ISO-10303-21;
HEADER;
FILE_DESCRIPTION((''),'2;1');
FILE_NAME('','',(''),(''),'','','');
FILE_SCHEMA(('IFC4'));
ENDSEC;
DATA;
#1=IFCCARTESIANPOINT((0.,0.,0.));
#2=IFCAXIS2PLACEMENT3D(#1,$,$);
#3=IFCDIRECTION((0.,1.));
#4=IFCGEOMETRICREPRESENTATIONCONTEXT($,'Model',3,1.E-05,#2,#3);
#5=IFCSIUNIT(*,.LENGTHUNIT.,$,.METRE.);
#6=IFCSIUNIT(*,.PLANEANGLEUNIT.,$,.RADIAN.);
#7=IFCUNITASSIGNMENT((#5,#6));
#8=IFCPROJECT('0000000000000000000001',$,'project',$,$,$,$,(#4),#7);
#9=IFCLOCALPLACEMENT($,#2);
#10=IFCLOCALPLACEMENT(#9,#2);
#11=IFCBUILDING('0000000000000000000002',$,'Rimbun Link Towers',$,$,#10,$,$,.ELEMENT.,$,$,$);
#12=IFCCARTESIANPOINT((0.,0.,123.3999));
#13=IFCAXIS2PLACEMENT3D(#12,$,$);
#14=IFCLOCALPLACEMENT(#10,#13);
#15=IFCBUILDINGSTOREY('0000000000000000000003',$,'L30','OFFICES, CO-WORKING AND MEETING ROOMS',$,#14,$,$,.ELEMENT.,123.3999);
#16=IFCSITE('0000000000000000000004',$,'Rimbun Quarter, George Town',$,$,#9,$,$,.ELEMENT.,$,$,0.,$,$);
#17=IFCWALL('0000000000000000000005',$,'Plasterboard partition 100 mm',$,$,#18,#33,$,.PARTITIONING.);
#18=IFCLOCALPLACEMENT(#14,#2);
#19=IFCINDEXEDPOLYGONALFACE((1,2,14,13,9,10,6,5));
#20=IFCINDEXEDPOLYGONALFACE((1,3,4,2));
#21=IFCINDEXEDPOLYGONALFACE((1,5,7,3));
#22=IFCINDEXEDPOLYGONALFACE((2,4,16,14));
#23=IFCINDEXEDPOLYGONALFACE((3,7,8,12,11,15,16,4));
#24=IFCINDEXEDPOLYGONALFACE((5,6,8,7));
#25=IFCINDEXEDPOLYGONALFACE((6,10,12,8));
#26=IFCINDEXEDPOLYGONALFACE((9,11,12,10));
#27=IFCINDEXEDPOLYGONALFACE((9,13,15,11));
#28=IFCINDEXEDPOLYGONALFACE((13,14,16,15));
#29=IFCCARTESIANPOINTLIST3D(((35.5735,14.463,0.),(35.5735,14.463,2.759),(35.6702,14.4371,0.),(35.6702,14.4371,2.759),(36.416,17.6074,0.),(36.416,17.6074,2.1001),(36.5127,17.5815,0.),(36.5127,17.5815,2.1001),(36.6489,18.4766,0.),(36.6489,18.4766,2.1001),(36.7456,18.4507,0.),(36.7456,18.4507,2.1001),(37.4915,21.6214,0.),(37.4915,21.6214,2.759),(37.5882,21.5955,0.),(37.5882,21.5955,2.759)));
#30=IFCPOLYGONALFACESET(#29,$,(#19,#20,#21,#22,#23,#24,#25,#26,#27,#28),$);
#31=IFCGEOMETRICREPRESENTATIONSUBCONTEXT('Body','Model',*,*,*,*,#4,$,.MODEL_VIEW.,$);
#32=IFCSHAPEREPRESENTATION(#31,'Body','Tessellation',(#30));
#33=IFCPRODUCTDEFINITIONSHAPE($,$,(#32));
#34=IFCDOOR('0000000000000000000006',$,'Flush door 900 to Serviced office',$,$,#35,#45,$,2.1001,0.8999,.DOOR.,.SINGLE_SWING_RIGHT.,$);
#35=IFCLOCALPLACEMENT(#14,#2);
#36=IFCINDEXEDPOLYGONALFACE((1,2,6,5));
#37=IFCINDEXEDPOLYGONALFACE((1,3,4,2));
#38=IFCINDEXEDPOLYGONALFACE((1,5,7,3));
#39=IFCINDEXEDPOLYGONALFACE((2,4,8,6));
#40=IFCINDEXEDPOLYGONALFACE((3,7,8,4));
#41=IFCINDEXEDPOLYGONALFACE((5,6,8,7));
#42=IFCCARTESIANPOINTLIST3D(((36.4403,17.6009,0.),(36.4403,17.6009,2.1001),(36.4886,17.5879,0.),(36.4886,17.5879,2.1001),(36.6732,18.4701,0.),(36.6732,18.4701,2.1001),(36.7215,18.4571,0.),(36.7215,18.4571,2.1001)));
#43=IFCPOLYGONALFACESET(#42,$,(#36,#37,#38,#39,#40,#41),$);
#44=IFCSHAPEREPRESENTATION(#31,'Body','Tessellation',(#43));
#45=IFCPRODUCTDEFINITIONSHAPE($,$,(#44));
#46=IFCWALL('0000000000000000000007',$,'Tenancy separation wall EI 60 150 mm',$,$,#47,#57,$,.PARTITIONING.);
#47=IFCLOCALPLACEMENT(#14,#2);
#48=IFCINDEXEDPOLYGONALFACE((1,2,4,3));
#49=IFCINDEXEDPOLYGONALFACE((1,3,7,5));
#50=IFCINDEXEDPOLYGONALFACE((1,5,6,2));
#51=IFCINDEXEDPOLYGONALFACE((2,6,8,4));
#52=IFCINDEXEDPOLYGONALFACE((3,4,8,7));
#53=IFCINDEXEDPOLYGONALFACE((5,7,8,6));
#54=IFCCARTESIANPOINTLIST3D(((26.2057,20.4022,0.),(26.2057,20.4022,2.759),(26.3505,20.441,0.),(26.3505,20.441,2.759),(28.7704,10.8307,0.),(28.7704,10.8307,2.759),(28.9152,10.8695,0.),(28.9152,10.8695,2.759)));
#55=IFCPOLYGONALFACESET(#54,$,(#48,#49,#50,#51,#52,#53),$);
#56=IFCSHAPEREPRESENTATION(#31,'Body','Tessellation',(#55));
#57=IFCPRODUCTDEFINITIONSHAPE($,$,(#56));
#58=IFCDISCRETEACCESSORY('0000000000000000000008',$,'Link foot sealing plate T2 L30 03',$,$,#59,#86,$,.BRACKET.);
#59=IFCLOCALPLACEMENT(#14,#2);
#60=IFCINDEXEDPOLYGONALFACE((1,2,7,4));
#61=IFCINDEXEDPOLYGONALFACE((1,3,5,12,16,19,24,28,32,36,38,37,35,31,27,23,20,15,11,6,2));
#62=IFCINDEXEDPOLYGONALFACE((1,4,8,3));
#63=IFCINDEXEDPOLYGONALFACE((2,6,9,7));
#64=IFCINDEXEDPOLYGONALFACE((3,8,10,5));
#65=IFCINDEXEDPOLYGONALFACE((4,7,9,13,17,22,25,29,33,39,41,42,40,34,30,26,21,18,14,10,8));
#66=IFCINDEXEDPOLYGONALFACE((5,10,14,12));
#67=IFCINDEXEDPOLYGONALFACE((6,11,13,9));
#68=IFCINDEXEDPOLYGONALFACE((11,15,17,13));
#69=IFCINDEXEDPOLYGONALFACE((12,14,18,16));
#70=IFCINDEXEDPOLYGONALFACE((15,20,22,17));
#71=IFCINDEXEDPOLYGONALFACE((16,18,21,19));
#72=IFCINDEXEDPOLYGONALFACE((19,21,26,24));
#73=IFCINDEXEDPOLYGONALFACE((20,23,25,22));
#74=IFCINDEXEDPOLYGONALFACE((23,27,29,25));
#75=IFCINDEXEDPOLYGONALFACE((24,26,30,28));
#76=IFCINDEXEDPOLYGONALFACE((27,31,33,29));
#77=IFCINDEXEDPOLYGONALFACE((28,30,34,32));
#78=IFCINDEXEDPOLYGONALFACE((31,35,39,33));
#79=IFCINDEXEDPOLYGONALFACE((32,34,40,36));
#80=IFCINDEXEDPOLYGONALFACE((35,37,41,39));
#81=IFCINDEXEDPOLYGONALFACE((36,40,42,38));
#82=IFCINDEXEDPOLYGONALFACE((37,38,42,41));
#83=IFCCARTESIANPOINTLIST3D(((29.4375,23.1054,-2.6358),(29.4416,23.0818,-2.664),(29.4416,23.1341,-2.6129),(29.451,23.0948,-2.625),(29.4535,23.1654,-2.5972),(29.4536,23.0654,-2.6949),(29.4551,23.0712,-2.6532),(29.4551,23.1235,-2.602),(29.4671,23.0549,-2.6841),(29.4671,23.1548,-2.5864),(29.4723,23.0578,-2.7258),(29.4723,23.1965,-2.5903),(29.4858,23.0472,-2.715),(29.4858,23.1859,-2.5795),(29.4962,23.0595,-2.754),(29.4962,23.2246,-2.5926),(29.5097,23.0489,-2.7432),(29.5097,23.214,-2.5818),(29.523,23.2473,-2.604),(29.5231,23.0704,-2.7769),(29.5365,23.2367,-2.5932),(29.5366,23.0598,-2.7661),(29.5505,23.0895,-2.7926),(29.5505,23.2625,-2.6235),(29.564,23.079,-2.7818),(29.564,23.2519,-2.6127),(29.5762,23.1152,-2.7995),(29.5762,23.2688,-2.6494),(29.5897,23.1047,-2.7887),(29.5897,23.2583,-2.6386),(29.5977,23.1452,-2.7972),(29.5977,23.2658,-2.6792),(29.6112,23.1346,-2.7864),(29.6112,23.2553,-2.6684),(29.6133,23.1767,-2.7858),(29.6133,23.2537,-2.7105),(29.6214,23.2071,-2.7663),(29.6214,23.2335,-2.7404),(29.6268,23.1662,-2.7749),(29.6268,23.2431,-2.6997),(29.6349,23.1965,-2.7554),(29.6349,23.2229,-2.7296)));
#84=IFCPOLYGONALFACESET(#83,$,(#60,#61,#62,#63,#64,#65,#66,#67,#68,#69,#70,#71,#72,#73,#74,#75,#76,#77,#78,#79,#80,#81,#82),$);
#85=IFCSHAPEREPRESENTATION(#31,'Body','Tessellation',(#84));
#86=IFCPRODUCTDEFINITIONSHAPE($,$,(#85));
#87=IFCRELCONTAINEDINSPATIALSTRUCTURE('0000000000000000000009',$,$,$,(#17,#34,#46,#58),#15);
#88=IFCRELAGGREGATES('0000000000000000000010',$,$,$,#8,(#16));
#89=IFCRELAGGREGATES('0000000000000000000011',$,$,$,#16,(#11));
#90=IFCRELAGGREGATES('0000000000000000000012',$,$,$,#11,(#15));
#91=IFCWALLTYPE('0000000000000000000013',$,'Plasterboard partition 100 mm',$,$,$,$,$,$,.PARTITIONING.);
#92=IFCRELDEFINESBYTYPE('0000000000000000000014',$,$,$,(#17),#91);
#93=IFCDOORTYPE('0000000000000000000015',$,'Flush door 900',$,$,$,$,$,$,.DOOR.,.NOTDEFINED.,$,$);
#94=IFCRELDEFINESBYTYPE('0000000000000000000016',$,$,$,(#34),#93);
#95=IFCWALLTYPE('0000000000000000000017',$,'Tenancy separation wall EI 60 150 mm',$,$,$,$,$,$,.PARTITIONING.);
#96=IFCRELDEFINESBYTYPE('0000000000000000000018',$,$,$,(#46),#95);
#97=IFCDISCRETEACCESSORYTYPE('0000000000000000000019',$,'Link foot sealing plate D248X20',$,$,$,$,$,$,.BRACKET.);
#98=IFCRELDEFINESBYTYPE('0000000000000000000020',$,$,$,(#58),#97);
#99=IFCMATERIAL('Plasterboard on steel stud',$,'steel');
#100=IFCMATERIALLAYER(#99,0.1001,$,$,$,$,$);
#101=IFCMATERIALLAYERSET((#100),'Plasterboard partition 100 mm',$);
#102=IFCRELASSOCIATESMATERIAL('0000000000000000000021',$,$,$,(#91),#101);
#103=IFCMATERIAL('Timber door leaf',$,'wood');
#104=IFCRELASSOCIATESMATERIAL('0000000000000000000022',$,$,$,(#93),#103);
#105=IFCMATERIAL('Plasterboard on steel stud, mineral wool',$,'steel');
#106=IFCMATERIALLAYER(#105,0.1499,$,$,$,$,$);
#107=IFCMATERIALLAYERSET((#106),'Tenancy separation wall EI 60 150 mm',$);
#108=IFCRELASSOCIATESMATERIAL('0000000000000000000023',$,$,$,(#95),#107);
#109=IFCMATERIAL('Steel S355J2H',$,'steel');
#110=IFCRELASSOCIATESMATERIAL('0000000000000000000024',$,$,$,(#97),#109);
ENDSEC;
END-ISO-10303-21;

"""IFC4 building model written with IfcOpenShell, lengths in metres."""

from ifc_helpers import new_model, si_unit, direction, frame, frame_2d, origin, origin_2d, place, context, subcontext, project, spatial, rectangle, circle, extrude, material, layer, layer_set, material_profile, profile_set, type_object, element, fill, save


model = new_model("IFC4")

# Units and contexts
model_context = context("Model", 3, precision=1e-05, world=origin(), true_north=direction((0.0, 1.0)))
body_context = subcontext(model_context, "Body", "Model", "MODEL_VIEW")
ifc_project = project(units=[si_unit("LENGTHUNIT", "METRE"), si_unit("PLANEANGLEUNIT", "RADIAN")], contexts=[model_context])

# Site, building, storey
site_placement = place(None, origin())
site = spatial("IfcSite", under=ifc_project, at=site_placement, Name="Rimbun Quarter, George Town", CompositionType="ELEMENT", RefElevation=0.0)
building_placement = place(site_placement, origin())
building = spatial("IfcBuilding", under=site, at=building_placement, Name="Rimbun Link Towers", CompositionType="ELEMENT")
storey_placement = place(building_placement, frame((0.0, 0.0, 123.3999)))
storey = spatial("IfcBuildingStorey", under=building, at=storey_placement, Name="L30", Description="OFFICES, CO-WORKING AND MEETING ROOMS", CompositionType="ELEMENT", Elevation=123.3999)

# Shared definitions
ifc_material_1 = material(Name="Plasterboard on steel stud", Category="steel")
ifc_layer_1 = layer(ifc_material_1, 0.1001)
ifc_layer_set_1 = layer_set([ifc_layer_1], Name="Plasterboard partition 100 mm")
wall_type_1 = type_object("IfcWallType", Name="Plasterboard partition 100 mm", PredefinedType="PARTITIONING", material=ifc_layer_set_1)
ifc_material_2 = material(Name="Timber door leaf", Category="wood")
door_type = type_object("IfcDoorType", Name="Flush door 900", OperationType="NOTDEFINED", PredefinedType="DOOR", material=ifc_material_2)

# Wall, opening, door
wall_1_placement = place(storey_placement, frame((35.6218, 14.45, 0.0), z_axis=(0.0, 0.0, 1.0), x_axis=(0.258803, 0.96593, 0.0)))
wall_1 = element("IfcWall", 1, at=wall_1_placement, inside=storey, type_object=wall_type_1, Name="Plasterboard partition 100 mm", PredefinedType="PARTITIONING", context=body_context, shape_type="SweptSolid", body=[
    extrude(rectangle(XDim=7.4109, YDim=0.1001, at=frame_2d((3.7056, 0.0))), origin(), (0.0, 0.0, 1.0), 2.759),
])
opening_1_placement = place(wall_1_placement, frame((3.2554, 0.0, 0.0)))
opening_1 = element("IfcOpeningElement", 2, at=opening_1_placement, cuts=wall_1, PredefinedType="OPENING", context=body_context, shape_type="SweptSolid", body=[
    extrude(rectangle(XDim=0.8999, YDim=2.1001, at=frame_2d((0.45, 1.05))), frame((0.0, 0.0601, 0.0), z_axis=(0.0, -1.0, 0.0), x_axis=(1.0, 0.0, 0.0)), (0.0, 0.0, 1.0), 0.1201),
])
door_1_placement = place(opening_1_placement, origin())
door_1 = element("IfcDoor", 3, at=door_1_placement, inside=storey, type_object=door_type, Name="Flush door 900 to Serviced office", OperationType="SINGLE_SWING_RIGHT", OverallHeight=2.1001, OverallWidth=0.8999, PredefinedType="DOOR", context=body_context, shape_type="SweptSolid", body=[
    extrude(rectangle(XDim=0.8999, YDim=2.1001, at=frame_2d((0.45, 1.05))), frame((0.0, 0.0249, 0.0), z_axis=(0.0, -1.0, 0.0), x_axis=(1.0, 0.0, 0.0)), (0.0, 0.0, 1.0), 0.05),
])
fill(opening_1, door_1)

# Wall
ifc_material_3 = material(Name="Plasterboard on steel stud, mineral wool", Category="steel")
ifc_layer_2 = layer(ifc_material_3, 0.1499)
ifc_layer_set_2 = layer_set([ifc_layer_2], Name="Tenancy separation wall EI 60 150 mm")
wall_type_2 = type_object("IfcWallType", Name="Tenancy separation wall EI 60 150 mm", PredefinedType="PARTITIONING", material=ifc_layer_set_2)
wall_2_placement = place(storey_placement, frame((28.8428, 10.8501, 0.0), z_axis=(0.0, 0.0, 1.0), x_axis=(-0.25882, 0.965926, 0.0)))
element("IfcWall", 4, at=wall_2_placement, inside=storey, type_object=wall_type_2, Name="Tenancy separation wall EI 60 150 mm", PredefinedType="PARTITIONING", context=body_context, shape_type="SweptSolid", body=[
    extrude(rectangle(XDim=9.9092, YDim=0.1499, at=frame_2d((4.9546, 0.0))), origin(), (0.0, 0.0, 1.0), 2.759),
])

# Discrete accessory
ifc_material_4 = material(Name="Steel S355J2H", Category="steel")
ifc_material_profile_1 = material_profile(ifc_material_4, circle(Radius=0.124, at=origin_2d()), Name="PL D248")
ifc_profile_set_1 = profile_set([ifc_material_profile_1], Name="Steel S355J2H")
discrete_accessory_type = type_object("IfcDiscreteAccessoryType", Name="Link foot sealing plate D248X20", PredefinedType="BRACKET", material=ifc_profile_set_1)
discrete_accessory_placement = place(storey_placement, frame((29.5435, 23.1526, -2.6841), z_axis=(-0.666483, 0.521069, -0.533186), x_axis=(-0.615922, -0.787807, 0.0)))
element("IfcDiscreteAccessory", 5, at=discrete_accessory_placement, inside=storey, type_object=discrete_accessory_type, Name="Link foot sealing plate T2 L30 03", PredefinedType="BRACKET", context=body_context, shape_type="SweptSolid", body=[
    extrude(circle(Radius=0.124, at=origin_2d()), origin(), (0.0, 0.0, 1.0), 0.0203),
])

save(model, "model.ifc")
